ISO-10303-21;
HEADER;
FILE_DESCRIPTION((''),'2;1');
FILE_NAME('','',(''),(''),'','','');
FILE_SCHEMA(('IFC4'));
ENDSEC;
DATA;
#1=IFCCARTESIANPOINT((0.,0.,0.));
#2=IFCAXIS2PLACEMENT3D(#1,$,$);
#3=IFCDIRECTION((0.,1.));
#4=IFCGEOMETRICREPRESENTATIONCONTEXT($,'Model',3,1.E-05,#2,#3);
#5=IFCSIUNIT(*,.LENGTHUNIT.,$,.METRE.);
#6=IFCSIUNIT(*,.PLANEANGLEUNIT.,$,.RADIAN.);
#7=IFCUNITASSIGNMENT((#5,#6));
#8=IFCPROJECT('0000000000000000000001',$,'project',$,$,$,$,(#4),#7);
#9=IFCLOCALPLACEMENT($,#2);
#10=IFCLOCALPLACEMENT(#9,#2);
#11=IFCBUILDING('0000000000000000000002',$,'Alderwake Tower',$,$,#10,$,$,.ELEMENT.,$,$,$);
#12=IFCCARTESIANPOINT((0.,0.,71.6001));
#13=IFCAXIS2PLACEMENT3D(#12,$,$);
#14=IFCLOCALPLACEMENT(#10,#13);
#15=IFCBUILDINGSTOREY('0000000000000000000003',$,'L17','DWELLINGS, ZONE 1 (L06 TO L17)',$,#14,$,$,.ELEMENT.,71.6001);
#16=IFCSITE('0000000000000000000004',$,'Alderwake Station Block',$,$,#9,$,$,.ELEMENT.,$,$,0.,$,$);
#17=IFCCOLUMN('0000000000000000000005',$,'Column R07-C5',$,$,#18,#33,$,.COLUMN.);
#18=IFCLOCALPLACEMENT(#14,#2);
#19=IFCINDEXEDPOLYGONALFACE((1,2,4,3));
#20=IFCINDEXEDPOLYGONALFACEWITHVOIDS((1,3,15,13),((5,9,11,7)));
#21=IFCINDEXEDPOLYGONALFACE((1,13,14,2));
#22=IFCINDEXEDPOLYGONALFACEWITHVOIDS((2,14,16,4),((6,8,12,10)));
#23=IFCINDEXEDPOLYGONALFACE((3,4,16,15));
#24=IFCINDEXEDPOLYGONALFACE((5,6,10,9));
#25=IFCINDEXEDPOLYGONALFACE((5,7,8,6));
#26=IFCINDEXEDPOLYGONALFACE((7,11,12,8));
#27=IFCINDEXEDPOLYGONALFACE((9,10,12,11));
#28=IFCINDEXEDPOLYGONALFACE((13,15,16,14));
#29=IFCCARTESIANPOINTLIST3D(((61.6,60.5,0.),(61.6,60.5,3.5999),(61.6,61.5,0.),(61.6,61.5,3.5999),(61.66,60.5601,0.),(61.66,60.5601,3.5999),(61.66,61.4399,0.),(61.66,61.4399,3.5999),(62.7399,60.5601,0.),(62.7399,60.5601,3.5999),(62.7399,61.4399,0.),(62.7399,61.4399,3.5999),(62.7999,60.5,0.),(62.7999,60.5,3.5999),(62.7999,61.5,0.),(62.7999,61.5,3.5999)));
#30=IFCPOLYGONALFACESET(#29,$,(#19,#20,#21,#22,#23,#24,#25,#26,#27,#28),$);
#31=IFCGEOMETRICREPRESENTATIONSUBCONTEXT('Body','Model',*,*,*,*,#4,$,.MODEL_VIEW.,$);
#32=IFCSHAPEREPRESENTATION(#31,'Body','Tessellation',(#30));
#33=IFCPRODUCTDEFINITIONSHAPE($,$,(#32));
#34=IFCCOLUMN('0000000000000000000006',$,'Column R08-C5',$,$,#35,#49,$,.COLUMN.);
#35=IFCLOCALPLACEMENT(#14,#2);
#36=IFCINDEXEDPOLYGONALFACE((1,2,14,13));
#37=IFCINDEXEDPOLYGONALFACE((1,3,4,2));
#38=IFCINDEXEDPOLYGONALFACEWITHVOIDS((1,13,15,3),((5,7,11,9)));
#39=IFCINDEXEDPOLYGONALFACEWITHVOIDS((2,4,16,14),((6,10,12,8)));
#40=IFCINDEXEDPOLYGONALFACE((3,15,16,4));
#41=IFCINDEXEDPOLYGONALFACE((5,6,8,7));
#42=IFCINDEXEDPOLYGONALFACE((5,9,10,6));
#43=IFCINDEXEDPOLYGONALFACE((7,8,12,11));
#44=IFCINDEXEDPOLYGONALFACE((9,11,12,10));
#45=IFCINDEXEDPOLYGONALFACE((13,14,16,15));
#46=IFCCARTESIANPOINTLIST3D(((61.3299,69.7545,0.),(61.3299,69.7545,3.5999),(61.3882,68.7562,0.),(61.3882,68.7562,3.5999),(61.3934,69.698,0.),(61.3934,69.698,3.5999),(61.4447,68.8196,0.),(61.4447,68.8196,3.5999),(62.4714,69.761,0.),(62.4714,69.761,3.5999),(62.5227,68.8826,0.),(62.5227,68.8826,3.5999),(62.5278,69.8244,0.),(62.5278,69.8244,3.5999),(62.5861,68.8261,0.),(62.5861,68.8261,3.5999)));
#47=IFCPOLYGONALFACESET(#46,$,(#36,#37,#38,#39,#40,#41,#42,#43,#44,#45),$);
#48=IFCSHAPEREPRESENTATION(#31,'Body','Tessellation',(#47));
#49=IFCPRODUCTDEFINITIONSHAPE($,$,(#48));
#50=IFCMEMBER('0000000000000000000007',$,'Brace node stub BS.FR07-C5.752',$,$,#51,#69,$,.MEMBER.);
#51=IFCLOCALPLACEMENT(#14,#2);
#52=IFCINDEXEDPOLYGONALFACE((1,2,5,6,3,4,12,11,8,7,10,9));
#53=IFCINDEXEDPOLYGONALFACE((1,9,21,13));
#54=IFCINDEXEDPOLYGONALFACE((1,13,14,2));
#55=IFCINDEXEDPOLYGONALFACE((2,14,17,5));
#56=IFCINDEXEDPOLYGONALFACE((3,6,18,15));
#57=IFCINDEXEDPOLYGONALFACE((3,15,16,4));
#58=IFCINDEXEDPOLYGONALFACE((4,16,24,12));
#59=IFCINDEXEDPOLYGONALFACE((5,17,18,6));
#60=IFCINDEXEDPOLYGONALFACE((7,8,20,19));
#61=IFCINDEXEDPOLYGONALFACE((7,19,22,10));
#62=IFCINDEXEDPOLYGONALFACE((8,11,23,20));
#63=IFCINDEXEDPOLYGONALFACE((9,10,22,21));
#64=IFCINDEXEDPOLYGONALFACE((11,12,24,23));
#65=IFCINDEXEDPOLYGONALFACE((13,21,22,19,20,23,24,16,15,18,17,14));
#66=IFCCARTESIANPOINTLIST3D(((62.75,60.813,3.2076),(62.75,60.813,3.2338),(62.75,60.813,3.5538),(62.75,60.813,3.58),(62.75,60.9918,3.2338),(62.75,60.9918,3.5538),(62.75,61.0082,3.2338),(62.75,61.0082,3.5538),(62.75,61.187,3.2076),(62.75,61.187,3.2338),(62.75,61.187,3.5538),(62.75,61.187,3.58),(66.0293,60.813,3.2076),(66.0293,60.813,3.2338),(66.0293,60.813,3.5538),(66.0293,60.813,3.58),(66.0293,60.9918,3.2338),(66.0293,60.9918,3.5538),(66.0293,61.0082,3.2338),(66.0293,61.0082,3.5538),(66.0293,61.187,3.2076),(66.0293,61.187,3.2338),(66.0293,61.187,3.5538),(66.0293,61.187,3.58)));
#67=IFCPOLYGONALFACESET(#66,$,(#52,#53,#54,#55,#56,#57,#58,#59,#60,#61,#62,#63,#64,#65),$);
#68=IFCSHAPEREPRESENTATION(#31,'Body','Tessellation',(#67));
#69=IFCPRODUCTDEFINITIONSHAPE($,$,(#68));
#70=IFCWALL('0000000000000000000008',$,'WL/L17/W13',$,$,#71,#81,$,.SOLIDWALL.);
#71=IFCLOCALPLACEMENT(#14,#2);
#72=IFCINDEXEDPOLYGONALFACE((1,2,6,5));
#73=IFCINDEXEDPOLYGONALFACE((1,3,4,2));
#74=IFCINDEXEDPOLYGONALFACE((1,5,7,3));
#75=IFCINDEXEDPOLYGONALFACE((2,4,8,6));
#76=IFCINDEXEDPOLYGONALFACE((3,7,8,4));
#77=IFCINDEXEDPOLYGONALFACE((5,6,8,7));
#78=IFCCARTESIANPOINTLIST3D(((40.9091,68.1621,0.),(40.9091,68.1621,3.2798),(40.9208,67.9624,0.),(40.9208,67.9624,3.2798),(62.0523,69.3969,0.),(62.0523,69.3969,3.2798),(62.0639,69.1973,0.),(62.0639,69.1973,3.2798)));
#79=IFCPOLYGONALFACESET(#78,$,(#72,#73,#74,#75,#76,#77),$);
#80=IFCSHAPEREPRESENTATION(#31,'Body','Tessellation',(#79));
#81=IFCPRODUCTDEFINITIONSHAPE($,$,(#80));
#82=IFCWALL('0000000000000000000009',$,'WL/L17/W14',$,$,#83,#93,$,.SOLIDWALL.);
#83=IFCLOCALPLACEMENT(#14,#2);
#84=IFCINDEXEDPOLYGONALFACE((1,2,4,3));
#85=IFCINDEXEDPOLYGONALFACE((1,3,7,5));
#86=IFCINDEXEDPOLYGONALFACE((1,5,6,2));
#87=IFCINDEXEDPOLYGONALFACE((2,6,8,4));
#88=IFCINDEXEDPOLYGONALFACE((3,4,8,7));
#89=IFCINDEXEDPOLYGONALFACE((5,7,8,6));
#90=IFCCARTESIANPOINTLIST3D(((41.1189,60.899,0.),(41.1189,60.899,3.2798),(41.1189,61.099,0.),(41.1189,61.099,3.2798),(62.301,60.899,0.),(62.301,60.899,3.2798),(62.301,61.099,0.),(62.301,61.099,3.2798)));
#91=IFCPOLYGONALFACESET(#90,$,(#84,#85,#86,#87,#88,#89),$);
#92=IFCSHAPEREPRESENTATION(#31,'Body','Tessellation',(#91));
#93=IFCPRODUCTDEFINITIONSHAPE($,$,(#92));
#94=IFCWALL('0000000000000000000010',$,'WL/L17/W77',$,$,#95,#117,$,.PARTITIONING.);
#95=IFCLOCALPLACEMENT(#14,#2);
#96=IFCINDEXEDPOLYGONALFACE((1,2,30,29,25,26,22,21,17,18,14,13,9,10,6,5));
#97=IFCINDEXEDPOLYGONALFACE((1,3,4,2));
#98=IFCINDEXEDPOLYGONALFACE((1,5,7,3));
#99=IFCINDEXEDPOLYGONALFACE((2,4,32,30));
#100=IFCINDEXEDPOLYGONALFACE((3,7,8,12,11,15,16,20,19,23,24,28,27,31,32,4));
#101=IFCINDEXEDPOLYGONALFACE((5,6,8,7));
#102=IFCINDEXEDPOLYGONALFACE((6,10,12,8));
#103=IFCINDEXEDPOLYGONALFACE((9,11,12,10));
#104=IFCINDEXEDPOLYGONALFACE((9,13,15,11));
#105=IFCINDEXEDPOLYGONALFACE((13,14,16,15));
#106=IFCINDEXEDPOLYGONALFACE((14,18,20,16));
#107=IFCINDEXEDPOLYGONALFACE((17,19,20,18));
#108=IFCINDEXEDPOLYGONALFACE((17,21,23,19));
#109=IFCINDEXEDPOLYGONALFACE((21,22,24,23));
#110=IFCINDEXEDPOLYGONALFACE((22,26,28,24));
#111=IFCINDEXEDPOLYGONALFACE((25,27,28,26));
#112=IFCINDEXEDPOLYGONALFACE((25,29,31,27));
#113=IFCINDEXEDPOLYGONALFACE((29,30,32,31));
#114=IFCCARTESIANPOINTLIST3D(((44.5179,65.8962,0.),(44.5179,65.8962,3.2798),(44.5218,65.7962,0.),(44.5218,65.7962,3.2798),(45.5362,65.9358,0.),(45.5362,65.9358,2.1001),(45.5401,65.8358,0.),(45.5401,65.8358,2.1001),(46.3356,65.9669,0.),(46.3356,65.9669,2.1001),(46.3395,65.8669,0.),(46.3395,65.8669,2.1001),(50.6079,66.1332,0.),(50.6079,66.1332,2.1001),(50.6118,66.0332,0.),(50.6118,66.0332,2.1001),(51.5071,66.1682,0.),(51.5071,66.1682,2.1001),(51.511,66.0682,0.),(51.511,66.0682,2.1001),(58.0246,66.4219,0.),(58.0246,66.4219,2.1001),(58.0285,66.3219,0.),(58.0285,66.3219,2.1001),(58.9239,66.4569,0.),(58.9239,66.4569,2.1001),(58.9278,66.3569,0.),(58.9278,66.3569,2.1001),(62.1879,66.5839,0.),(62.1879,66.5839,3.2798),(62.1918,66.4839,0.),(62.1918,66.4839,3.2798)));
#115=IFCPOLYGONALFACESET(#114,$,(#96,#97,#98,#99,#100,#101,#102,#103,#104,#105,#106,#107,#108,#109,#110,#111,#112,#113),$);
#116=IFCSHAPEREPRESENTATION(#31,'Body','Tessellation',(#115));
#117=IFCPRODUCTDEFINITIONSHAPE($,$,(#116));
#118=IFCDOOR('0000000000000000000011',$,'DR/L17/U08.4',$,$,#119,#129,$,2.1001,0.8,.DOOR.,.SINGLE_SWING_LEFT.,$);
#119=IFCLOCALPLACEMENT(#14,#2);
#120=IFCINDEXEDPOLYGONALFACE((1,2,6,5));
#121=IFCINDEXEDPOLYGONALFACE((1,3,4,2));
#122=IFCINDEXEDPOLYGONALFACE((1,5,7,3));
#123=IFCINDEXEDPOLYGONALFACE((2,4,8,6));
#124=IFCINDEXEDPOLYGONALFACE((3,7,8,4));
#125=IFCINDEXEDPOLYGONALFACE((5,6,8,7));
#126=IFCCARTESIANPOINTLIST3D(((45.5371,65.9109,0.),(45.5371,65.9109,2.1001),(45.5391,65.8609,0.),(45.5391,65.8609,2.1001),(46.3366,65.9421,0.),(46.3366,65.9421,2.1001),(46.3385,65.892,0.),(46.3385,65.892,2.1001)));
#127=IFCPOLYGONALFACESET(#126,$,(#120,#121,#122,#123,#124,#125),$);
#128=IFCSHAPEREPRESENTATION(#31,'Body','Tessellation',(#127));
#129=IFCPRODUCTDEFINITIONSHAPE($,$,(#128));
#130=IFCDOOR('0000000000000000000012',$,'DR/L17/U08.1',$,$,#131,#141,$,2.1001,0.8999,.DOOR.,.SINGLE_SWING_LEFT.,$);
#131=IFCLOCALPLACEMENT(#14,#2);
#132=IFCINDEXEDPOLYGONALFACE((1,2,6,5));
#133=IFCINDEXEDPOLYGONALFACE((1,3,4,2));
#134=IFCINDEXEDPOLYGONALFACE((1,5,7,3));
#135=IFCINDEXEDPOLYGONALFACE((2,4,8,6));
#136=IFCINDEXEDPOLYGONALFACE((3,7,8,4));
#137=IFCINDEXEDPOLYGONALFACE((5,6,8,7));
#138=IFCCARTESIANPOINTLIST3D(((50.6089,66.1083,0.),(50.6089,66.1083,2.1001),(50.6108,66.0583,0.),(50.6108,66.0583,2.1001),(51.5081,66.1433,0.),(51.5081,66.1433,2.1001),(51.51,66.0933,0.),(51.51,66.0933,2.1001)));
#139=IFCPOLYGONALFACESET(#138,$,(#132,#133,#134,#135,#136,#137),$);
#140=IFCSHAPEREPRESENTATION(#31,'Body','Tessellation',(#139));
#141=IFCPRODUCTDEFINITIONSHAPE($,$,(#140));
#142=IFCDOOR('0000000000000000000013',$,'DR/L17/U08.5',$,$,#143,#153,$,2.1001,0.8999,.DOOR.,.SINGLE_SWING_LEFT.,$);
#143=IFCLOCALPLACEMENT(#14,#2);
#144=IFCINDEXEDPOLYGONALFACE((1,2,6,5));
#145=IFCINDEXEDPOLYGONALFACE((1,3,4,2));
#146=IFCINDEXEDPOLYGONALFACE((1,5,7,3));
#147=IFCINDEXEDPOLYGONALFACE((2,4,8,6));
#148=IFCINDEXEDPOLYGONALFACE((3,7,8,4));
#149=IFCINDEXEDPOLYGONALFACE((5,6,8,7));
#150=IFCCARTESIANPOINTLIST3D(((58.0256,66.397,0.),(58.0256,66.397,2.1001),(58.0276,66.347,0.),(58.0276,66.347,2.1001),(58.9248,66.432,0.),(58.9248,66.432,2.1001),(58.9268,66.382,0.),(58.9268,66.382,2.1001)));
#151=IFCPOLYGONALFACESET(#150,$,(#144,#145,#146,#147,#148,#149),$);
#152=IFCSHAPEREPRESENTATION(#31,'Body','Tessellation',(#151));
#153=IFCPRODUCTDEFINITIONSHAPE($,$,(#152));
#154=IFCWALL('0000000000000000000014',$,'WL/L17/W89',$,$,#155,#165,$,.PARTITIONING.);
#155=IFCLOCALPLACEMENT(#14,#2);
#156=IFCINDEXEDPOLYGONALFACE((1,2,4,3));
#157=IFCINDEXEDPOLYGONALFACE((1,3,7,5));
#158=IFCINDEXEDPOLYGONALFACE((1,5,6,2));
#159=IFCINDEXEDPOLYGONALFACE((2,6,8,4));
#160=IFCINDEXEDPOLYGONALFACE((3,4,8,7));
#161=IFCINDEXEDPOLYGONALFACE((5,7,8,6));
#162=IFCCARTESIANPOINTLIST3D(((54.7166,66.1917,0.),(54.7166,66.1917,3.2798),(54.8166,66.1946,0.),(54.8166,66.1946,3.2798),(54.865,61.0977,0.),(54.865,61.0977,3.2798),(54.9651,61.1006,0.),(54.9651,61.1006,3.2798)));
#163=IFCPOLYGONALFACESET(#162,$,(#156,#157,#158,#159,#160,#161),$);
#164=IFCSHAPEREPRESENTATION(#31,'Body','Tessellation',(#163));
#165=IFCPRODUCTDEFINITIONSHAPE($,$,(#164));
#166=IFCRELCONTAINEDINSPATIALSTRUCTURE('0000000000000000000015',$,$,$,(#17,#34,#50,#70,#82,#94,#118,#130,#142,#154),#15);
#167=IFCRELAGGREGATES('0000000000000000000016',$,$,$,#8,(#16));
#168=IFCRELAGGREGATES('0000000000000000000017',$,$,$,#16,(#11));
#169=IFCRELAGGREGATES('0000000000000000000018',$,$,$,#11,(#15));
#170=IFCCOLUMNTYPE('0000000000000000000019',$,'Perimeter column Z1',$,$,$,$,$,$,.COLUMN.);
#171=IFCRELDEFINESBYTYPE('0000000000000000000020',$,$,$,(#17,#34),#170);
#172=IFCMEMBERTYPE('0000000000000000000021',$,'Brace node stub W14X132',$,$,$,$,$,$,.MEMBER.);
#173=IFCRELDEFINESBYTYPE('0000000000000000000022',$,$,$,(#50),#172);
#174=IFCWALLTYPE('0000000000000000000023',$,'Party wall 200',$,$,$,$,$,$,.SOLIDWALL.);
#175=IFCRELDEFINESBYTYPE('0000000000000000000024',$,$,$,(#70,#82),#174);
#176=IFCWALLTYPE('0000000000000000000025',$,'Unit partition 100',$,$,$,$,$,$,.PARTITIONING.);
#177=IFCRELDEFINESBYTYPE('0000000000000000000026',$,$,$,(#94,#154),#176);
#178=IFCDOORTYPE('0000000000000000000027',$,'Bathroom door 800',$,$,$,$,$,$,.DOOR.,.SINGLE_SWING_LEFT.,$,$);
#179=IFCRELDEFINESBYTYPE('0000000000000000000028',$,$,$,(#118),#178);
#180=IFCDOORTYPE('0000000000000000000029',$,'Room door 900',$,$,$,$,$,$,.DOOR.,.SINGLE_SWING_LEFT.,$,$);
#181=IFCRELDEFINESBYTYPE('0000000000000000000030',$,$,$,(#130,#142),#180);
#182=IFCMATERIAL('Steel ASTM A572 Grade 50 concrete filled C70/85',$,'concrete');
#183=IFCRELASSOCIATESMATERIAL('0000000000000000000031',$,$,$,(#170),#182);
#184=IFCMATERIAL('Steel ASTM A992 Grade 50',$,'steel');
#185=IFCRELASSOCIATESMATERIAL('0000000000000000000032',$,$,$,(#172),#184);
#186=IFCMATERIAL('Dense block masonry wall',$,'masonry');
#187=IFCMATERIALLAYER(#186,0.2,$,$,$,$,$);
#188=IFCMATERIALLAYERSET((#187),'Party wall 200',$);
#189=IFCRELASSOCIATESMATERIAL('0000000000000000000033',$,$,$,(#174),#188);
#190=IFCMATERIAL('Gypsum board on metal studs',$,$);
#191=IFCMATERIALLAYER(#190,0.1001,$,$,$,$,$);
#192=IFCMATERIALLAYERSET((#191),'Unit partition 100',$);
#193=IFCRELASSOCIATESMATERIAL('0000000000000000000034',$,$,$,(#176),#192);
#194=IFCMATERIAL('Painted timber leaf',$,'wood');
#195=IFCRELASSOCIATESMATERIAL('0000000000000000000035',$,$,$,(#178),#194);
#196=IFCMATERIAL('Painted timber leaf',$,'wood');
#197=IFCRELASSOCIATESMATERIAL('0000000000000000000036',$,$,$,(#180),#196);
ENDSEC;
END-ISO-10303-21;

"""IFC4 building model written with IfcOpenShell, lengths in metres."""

from ifc_helpers import new_model, si_unit, direction, frame, frame_2d, origin, origin_2d, place, context, subcontext, project, spatial, rectangle, hollow_rectangle, i_section, extrude, material, layer, layer_set, material_profile, profile_set, type_object, element, fill, save


model = new_model("IFC4")

# Units and contexts
model_context = context("Model", 3, precision=1e-05, world=origin(), true_north=direction((0.0, 1.0)))
body_context = subcontext(model_context, "Body", "Model", "MODEL_VIEW")
ifc_project = project(units=[si_unit("LENGTHUNIT", "METRE"), si_unit("PLANEANGLEUNIT", "RADIAN")], contexts=[model_context])

# Site, building, storey
site_placement = place(None, origin())
site = spatial("IfcSite", under=ifc_project, at=site_placement, Name="Alderwake Station Block", CompositionType="ELEMENT", RefElevation=0.0)
building_placement = place(site_placement, origin())
building = spatial("IfcBuilding", under=site, at=building_placement, Name="Alderwake Tower", CompositionType="ELEMENT")
storey_placement = place(building_placement, frame((0.0, 0.0, 71.6001)))
storey = spatial("IfcBuildingStorey", under=building, at=storey_placement, Name="L17", Description="DWELLINGS, ZONE 1 (L06 TO L17)", CompositionType="ELEMENT", Elevation=71.6001)

# Columns
ifc_material_1 = material(Name="Steel ASTM A572 Grade 50 concrete filled C70/85", Category="concrete")
ifc_material_profile_1 = material_profile(ifc_material_1, hollow_rectangle(XDim=1.0, YDim=1.2, WallThickness=0.0601, at=origin_2d()), Name="BOX 1200X1000X60")
ifc_profile_set_1 = profile_set([ifc_material_profile_1], Name="Steel ASTM A572 Grade 50 concrete filled C70/85")
column_type = type_object("IfcColumnType", Name="Perimeter column Z1", PredefinedType="COLUMN", material=ifc_profile_set_1)
for number, where, z_axis, x_axis, name in (
    (1, (62.2, 61.0, 0.0), (0.0, 0.0, 1.0), (0.0, 1.0, 0.0), "Column R07-C5"),
    (2, (61.958, 69.2903, 0.0), (0.0, 0.0, 1.0), (-0.058301, 0.998299, 0.0), "Column R08-C5"),
):
    element("IfcColumn", number, at=place(storey_placement, frame(where, z_axis=z_axis, x_axis=x_axis)), inside=storey, type_object=column_type, Name=name, PredefinedType="COLUMN", context=body_context, shape_type="SweptSolid", body=[
        extrude(hollow_rectangle(XDim=1.0, YDim=1.2, WallThickness=0.0601, at=origin_2d()), origin(), (0.0, 0.0, 1.0), 3.5999),
    ])

# Member
ifc_material_2 = material(Name="Steel ASTM A992 Grade 50", Category="steel")
ifc_material_profile_2 = material_profile(ifc_material_2, i_section(OverallWidth=0.374, OverallDepth=0.3723, WebThickness=0.0164, FlangeThickness=0.0261, at=origin_2d()), Name="W14X132")
ifc_profile_set_2 = profile_set([ifc_material_profile_2], Name="Steel ASTM A992 Grade 50")
member_type = type_object("IfcMemberType", Name="Brace node stub W14X132", PredefinedType="MEMBER", material=ifc_profile_set_2)
member_placement = place(storey_placement, frame((62.75, 61.0, 3.3938), z_axis=(1.0, 0.0, 0.0), x_axis=(0.0, 1.0, 0.0)))
element("IfcMember", 3, at=member_placement, inside=storey, type_object=member_type, Name="Brace node stub BS.FR07-C5.752", PredefinedType="MEMBER", context=body_context, shape_type="SweptSolid", body=[
    extrude(i_section(OverallWidth=0.374, OverallDepth=0.3723, WebThickness=0.0164, FlangeThickness=0.0261, at=origin_2d()), origin(), (0.0, 0.0, 1.0), 3.2793),
])

# Walls
ifc_material_3 = material(Name="Dense block masonry wall", Category="masonry")
ifc_layer_1 = layer(ifc_material_3, 0.2)
ifc_layer_set_1 = layer_set([ifc_layer_1], Name="Party wall 200")
wall_type_1 = type_object("IfcWallType", Name="Party wall 200", PredefinedType="SOLIDWALL", material=ifc_layer_set_1)
wall_1_placement = place(storey_placement, frame((62.0581, 69.2971, 0.0), z_axis=(0.0, 0.0, 1.0), x_axis=(-0.998299, -0.058306, 0.0)))
element("IfcWall", 4, at=wall_1_placement, inside=storey, type_object=wall_type_1, Name="WL/L17/W13", PredefinedType="SOLIDWALL", context=body_context, shape_type="SweptSolid", body=[
    extrude(rectangle(XDim=21.1792, YDim=0.2, at=frame_2d((10.5896, 0.0))), origin(), (0.0, 0.0, 1.0), 3.2798),
])
wall_2_placement = place(storey_placement, frame((62.301, 60.999, 0.0), z_axis=(0.0, 0.0, 1.0), x_axis=(-1.0, 0.0, 0.0)))
element("IfcWall", 5, at=wall_2_placement, inside=storey, type_object=wall_type_1, Name="WL/L17/W14", PredefinedType="SOLIDWALL", context=body_context, shape_type="SweptSolid", body=[
    extrude(rectangle(XDim=21.1821, YDim=0.2, at=frame_2d((10.5911, 0.0))), origin(), (0.0, 0.0, 1.0), 3.2798),
])

# Wall, openings, doors
ifc_material_4 = material(Name="Gypsum board on metal studs")
ifc_layer_2 = layer(ifc_material_4, 0.1001)
ifc_layer_set_2 = layer_set([ifc_layer_2], Name="Unit partition 100")
wall_type_2 = type_object("IfcWallType", Name="Unit partition 100", PredefinedType="PARTITIONING", material=ifc_layer_set_2)
wall_3_placement = place(storey_placement, frame((62.1899, 66.5339, 0.0), z_axis=(0.0, 0.0, 1.0), x_axis=(-0.999243, -0.038892, 0.0)))
wall_3 = element("IfcWall", 6, at=wall_3_placement, inside=storey, type_object=wall_type_2, Name="WL/L17/W77", PredefinedType="PARTITIONING", context=body_context, shape_type="SweptSolid", body=[
    extrude(rectangle(XDim=17.6833, YDim=0.1001, at=frame_2d((8.8418, 0.0))), origin(), (0.0, 0.0, 1.0), 3.2798),
])
opening_1_placement = place(wall_3_placement, frame((10.689, 0.0, 0.0)))
opening_1 = element("IfcOpeningElement", 7, at=opening_1_placement, cuts=wall_3, PredefinedType="OPENING", context=body_context, shape_type="SweptSolid", body=[
    extrude(rectangle(XDim=0.8999, YDim=2.1001, at=frame_2d((0.45, 1.05))), frame((0.0, 0.0601, 0.0), z_axis=(0.0, -1.0, 0.0), x_axis=(1.0, 0.0, 0.0)), (0.0, 0.0, 1.0), 0.1201),
])
opening_2_placement = place(wall_3_placement, frame((15.8645, 0.0, 0.0)))
opening_2 = element("IfcOpeningElement", 8, at=opening_2_placement, cuts=wall_3, PredefinedType="OPENING", context=body_context, shape_type="SweptSolid", body=[
    extrude(rectangle(XDim=0.8, YDim=2.1001, at=frame_2d((0.3999, 1.05))), frame((0.0, 0.0601, 0.0), z_axis=(0.0, -1.0, 0.0), x_axis=(1.0, 0.0, 0.0)), (0.0, 0.0, 1.0), 0.1201),
])
opening_3_placement = place(wall_3_placement, frame((3.2666, 0.0, 0.0)))
opening_3 = element("IfcOpeningElement", 9, at=opening_3_placement, cuts=wall_3, PredefinedType="OPENING", context=body_context, shape_type="SweptSolid", body=[
    extrude(rectangle(XDim=0.8999, YDim=2.1001, at=frame_2d((0.45, 1.05))), frame((0.0, 0.0601, 0.0), z_axis=(0.0, -1.0, 0.0), x_axis=(1.0, 0.0, 0.0)), (0.0, 0.0, 1.0), 0.1201),
])
ifc_material_5 = material(Name="Painted timber leaf", Category="wood")
door_type_1 = type_object("IfcDoorType", Name="Bathroom door 800", OperationType="SINGLE_SWING_LEFT", PredefinedType="DOOR", material=ifc_material_5)
door_1_placement = place(opening_2_placement, origin())
door_1 = element("IfcDoor", 10, at=door_1_placement, inside=storey, type_object=door_type_1, Name="DR/L17/U08.4", OperationType="SINGLE_SWING_LEFT", OverallHeight=2.1001, OverallWidth=0.8, PredefinedType="DOOR", context=body_context, shape_type="SweptSolid", body=[
    extrude(rectangle(XDim=0.8, YDim=2.1001, at=frame_2d((0.3999, 1.05))), frame((0.0, 0.0249, 0.0), z_axis=(0.0, -1.0, 0.0), x_axis=(1.0, 0.0, 0.0)), (0.0, 0.0, 1.0), 0.05),
])
fill(opening_2, door_1)
ifc_material_6 = material(Name="Painted timber leaf", Category="wood")
door_type_2 = type_object("IfcDoorType", Name="Room door 900", OperationType="SINGLE_SWING_LEFT", PredefinedType="DOOR", material=ifc_material_6)
door_2_placement = place(opening_1_placement, origin())
door_2 = element("IfcDoor", 11, at=door_2_placement, inside=storey, type_object=door_type_2, Name="DR/L17/U08.1", OperationType="SINGLE_SWING_LEFT", OverallHeight=2.1001, OverallWidth=0.8999, PredefinedType="DOOR", context=body_context, shape_type="SweptSolid", body=[
    extrude(rectangle(XDim=0.8999, YDim=2.1001, at=frame_2d((0.45, 1.05))), frame((0.0, 0.0249, 0.0), z_axis=(0.0, -1.0, 0.0), x_axis=(1.0, 0.0, 0.0)), (0.0, 0.0, 1.0), 0.05),
])
fill(opening_1, door_2)
door_3_placement = place(opening_3_placement, origin())
door_3 = element("IfcDoor", 12, at=door_3_placement, inside=storey, type_object=door_type_2, Name="DR/L17/U08.5", OperationType="SINGLE_SWING_LEFT", OverallHeight=2.1001, OverallWidth=0.8999, PredefinedType="DOOR", context=body_context, shape_type="SweptSolid", body=[
    extrude(rectangle(XDim=0.8999, YDim=2.1001, at=frame_2d((0.45, 1.05))), frame((0.0, 0.0249, 0.0), z_axis=(0.0, -1.0, 0.0), x_axis=(1.0, 0.0, 0.0)), (0.0, 0.0, 1.0), 0.05),
])
fill(opening_3, door_3)

# Wall
wall_4_placement = place(storey_placement, frame((54.915, 61.0991, 0.0), z_axis=(0.0, 0.0, 1.0), x_axis=(-0.029127, 0.999576, 0.0)))
element("IfcWall", 13, at=wall_4_placement, inside=storey, type_object=wall_type_2, Name="WL/L17/W89", PredefinedType="PARTITIONING", context=body_context, shape_type="SweptSolid", body=[
    extrude(rectangle(XDim=5.0962, YDim=0.1001, at=frame_2d((2.5481, 0.0))), origin(), (0.0, 0.0, 1.0), 3.2798),
])

save(model, "model.ifc")
